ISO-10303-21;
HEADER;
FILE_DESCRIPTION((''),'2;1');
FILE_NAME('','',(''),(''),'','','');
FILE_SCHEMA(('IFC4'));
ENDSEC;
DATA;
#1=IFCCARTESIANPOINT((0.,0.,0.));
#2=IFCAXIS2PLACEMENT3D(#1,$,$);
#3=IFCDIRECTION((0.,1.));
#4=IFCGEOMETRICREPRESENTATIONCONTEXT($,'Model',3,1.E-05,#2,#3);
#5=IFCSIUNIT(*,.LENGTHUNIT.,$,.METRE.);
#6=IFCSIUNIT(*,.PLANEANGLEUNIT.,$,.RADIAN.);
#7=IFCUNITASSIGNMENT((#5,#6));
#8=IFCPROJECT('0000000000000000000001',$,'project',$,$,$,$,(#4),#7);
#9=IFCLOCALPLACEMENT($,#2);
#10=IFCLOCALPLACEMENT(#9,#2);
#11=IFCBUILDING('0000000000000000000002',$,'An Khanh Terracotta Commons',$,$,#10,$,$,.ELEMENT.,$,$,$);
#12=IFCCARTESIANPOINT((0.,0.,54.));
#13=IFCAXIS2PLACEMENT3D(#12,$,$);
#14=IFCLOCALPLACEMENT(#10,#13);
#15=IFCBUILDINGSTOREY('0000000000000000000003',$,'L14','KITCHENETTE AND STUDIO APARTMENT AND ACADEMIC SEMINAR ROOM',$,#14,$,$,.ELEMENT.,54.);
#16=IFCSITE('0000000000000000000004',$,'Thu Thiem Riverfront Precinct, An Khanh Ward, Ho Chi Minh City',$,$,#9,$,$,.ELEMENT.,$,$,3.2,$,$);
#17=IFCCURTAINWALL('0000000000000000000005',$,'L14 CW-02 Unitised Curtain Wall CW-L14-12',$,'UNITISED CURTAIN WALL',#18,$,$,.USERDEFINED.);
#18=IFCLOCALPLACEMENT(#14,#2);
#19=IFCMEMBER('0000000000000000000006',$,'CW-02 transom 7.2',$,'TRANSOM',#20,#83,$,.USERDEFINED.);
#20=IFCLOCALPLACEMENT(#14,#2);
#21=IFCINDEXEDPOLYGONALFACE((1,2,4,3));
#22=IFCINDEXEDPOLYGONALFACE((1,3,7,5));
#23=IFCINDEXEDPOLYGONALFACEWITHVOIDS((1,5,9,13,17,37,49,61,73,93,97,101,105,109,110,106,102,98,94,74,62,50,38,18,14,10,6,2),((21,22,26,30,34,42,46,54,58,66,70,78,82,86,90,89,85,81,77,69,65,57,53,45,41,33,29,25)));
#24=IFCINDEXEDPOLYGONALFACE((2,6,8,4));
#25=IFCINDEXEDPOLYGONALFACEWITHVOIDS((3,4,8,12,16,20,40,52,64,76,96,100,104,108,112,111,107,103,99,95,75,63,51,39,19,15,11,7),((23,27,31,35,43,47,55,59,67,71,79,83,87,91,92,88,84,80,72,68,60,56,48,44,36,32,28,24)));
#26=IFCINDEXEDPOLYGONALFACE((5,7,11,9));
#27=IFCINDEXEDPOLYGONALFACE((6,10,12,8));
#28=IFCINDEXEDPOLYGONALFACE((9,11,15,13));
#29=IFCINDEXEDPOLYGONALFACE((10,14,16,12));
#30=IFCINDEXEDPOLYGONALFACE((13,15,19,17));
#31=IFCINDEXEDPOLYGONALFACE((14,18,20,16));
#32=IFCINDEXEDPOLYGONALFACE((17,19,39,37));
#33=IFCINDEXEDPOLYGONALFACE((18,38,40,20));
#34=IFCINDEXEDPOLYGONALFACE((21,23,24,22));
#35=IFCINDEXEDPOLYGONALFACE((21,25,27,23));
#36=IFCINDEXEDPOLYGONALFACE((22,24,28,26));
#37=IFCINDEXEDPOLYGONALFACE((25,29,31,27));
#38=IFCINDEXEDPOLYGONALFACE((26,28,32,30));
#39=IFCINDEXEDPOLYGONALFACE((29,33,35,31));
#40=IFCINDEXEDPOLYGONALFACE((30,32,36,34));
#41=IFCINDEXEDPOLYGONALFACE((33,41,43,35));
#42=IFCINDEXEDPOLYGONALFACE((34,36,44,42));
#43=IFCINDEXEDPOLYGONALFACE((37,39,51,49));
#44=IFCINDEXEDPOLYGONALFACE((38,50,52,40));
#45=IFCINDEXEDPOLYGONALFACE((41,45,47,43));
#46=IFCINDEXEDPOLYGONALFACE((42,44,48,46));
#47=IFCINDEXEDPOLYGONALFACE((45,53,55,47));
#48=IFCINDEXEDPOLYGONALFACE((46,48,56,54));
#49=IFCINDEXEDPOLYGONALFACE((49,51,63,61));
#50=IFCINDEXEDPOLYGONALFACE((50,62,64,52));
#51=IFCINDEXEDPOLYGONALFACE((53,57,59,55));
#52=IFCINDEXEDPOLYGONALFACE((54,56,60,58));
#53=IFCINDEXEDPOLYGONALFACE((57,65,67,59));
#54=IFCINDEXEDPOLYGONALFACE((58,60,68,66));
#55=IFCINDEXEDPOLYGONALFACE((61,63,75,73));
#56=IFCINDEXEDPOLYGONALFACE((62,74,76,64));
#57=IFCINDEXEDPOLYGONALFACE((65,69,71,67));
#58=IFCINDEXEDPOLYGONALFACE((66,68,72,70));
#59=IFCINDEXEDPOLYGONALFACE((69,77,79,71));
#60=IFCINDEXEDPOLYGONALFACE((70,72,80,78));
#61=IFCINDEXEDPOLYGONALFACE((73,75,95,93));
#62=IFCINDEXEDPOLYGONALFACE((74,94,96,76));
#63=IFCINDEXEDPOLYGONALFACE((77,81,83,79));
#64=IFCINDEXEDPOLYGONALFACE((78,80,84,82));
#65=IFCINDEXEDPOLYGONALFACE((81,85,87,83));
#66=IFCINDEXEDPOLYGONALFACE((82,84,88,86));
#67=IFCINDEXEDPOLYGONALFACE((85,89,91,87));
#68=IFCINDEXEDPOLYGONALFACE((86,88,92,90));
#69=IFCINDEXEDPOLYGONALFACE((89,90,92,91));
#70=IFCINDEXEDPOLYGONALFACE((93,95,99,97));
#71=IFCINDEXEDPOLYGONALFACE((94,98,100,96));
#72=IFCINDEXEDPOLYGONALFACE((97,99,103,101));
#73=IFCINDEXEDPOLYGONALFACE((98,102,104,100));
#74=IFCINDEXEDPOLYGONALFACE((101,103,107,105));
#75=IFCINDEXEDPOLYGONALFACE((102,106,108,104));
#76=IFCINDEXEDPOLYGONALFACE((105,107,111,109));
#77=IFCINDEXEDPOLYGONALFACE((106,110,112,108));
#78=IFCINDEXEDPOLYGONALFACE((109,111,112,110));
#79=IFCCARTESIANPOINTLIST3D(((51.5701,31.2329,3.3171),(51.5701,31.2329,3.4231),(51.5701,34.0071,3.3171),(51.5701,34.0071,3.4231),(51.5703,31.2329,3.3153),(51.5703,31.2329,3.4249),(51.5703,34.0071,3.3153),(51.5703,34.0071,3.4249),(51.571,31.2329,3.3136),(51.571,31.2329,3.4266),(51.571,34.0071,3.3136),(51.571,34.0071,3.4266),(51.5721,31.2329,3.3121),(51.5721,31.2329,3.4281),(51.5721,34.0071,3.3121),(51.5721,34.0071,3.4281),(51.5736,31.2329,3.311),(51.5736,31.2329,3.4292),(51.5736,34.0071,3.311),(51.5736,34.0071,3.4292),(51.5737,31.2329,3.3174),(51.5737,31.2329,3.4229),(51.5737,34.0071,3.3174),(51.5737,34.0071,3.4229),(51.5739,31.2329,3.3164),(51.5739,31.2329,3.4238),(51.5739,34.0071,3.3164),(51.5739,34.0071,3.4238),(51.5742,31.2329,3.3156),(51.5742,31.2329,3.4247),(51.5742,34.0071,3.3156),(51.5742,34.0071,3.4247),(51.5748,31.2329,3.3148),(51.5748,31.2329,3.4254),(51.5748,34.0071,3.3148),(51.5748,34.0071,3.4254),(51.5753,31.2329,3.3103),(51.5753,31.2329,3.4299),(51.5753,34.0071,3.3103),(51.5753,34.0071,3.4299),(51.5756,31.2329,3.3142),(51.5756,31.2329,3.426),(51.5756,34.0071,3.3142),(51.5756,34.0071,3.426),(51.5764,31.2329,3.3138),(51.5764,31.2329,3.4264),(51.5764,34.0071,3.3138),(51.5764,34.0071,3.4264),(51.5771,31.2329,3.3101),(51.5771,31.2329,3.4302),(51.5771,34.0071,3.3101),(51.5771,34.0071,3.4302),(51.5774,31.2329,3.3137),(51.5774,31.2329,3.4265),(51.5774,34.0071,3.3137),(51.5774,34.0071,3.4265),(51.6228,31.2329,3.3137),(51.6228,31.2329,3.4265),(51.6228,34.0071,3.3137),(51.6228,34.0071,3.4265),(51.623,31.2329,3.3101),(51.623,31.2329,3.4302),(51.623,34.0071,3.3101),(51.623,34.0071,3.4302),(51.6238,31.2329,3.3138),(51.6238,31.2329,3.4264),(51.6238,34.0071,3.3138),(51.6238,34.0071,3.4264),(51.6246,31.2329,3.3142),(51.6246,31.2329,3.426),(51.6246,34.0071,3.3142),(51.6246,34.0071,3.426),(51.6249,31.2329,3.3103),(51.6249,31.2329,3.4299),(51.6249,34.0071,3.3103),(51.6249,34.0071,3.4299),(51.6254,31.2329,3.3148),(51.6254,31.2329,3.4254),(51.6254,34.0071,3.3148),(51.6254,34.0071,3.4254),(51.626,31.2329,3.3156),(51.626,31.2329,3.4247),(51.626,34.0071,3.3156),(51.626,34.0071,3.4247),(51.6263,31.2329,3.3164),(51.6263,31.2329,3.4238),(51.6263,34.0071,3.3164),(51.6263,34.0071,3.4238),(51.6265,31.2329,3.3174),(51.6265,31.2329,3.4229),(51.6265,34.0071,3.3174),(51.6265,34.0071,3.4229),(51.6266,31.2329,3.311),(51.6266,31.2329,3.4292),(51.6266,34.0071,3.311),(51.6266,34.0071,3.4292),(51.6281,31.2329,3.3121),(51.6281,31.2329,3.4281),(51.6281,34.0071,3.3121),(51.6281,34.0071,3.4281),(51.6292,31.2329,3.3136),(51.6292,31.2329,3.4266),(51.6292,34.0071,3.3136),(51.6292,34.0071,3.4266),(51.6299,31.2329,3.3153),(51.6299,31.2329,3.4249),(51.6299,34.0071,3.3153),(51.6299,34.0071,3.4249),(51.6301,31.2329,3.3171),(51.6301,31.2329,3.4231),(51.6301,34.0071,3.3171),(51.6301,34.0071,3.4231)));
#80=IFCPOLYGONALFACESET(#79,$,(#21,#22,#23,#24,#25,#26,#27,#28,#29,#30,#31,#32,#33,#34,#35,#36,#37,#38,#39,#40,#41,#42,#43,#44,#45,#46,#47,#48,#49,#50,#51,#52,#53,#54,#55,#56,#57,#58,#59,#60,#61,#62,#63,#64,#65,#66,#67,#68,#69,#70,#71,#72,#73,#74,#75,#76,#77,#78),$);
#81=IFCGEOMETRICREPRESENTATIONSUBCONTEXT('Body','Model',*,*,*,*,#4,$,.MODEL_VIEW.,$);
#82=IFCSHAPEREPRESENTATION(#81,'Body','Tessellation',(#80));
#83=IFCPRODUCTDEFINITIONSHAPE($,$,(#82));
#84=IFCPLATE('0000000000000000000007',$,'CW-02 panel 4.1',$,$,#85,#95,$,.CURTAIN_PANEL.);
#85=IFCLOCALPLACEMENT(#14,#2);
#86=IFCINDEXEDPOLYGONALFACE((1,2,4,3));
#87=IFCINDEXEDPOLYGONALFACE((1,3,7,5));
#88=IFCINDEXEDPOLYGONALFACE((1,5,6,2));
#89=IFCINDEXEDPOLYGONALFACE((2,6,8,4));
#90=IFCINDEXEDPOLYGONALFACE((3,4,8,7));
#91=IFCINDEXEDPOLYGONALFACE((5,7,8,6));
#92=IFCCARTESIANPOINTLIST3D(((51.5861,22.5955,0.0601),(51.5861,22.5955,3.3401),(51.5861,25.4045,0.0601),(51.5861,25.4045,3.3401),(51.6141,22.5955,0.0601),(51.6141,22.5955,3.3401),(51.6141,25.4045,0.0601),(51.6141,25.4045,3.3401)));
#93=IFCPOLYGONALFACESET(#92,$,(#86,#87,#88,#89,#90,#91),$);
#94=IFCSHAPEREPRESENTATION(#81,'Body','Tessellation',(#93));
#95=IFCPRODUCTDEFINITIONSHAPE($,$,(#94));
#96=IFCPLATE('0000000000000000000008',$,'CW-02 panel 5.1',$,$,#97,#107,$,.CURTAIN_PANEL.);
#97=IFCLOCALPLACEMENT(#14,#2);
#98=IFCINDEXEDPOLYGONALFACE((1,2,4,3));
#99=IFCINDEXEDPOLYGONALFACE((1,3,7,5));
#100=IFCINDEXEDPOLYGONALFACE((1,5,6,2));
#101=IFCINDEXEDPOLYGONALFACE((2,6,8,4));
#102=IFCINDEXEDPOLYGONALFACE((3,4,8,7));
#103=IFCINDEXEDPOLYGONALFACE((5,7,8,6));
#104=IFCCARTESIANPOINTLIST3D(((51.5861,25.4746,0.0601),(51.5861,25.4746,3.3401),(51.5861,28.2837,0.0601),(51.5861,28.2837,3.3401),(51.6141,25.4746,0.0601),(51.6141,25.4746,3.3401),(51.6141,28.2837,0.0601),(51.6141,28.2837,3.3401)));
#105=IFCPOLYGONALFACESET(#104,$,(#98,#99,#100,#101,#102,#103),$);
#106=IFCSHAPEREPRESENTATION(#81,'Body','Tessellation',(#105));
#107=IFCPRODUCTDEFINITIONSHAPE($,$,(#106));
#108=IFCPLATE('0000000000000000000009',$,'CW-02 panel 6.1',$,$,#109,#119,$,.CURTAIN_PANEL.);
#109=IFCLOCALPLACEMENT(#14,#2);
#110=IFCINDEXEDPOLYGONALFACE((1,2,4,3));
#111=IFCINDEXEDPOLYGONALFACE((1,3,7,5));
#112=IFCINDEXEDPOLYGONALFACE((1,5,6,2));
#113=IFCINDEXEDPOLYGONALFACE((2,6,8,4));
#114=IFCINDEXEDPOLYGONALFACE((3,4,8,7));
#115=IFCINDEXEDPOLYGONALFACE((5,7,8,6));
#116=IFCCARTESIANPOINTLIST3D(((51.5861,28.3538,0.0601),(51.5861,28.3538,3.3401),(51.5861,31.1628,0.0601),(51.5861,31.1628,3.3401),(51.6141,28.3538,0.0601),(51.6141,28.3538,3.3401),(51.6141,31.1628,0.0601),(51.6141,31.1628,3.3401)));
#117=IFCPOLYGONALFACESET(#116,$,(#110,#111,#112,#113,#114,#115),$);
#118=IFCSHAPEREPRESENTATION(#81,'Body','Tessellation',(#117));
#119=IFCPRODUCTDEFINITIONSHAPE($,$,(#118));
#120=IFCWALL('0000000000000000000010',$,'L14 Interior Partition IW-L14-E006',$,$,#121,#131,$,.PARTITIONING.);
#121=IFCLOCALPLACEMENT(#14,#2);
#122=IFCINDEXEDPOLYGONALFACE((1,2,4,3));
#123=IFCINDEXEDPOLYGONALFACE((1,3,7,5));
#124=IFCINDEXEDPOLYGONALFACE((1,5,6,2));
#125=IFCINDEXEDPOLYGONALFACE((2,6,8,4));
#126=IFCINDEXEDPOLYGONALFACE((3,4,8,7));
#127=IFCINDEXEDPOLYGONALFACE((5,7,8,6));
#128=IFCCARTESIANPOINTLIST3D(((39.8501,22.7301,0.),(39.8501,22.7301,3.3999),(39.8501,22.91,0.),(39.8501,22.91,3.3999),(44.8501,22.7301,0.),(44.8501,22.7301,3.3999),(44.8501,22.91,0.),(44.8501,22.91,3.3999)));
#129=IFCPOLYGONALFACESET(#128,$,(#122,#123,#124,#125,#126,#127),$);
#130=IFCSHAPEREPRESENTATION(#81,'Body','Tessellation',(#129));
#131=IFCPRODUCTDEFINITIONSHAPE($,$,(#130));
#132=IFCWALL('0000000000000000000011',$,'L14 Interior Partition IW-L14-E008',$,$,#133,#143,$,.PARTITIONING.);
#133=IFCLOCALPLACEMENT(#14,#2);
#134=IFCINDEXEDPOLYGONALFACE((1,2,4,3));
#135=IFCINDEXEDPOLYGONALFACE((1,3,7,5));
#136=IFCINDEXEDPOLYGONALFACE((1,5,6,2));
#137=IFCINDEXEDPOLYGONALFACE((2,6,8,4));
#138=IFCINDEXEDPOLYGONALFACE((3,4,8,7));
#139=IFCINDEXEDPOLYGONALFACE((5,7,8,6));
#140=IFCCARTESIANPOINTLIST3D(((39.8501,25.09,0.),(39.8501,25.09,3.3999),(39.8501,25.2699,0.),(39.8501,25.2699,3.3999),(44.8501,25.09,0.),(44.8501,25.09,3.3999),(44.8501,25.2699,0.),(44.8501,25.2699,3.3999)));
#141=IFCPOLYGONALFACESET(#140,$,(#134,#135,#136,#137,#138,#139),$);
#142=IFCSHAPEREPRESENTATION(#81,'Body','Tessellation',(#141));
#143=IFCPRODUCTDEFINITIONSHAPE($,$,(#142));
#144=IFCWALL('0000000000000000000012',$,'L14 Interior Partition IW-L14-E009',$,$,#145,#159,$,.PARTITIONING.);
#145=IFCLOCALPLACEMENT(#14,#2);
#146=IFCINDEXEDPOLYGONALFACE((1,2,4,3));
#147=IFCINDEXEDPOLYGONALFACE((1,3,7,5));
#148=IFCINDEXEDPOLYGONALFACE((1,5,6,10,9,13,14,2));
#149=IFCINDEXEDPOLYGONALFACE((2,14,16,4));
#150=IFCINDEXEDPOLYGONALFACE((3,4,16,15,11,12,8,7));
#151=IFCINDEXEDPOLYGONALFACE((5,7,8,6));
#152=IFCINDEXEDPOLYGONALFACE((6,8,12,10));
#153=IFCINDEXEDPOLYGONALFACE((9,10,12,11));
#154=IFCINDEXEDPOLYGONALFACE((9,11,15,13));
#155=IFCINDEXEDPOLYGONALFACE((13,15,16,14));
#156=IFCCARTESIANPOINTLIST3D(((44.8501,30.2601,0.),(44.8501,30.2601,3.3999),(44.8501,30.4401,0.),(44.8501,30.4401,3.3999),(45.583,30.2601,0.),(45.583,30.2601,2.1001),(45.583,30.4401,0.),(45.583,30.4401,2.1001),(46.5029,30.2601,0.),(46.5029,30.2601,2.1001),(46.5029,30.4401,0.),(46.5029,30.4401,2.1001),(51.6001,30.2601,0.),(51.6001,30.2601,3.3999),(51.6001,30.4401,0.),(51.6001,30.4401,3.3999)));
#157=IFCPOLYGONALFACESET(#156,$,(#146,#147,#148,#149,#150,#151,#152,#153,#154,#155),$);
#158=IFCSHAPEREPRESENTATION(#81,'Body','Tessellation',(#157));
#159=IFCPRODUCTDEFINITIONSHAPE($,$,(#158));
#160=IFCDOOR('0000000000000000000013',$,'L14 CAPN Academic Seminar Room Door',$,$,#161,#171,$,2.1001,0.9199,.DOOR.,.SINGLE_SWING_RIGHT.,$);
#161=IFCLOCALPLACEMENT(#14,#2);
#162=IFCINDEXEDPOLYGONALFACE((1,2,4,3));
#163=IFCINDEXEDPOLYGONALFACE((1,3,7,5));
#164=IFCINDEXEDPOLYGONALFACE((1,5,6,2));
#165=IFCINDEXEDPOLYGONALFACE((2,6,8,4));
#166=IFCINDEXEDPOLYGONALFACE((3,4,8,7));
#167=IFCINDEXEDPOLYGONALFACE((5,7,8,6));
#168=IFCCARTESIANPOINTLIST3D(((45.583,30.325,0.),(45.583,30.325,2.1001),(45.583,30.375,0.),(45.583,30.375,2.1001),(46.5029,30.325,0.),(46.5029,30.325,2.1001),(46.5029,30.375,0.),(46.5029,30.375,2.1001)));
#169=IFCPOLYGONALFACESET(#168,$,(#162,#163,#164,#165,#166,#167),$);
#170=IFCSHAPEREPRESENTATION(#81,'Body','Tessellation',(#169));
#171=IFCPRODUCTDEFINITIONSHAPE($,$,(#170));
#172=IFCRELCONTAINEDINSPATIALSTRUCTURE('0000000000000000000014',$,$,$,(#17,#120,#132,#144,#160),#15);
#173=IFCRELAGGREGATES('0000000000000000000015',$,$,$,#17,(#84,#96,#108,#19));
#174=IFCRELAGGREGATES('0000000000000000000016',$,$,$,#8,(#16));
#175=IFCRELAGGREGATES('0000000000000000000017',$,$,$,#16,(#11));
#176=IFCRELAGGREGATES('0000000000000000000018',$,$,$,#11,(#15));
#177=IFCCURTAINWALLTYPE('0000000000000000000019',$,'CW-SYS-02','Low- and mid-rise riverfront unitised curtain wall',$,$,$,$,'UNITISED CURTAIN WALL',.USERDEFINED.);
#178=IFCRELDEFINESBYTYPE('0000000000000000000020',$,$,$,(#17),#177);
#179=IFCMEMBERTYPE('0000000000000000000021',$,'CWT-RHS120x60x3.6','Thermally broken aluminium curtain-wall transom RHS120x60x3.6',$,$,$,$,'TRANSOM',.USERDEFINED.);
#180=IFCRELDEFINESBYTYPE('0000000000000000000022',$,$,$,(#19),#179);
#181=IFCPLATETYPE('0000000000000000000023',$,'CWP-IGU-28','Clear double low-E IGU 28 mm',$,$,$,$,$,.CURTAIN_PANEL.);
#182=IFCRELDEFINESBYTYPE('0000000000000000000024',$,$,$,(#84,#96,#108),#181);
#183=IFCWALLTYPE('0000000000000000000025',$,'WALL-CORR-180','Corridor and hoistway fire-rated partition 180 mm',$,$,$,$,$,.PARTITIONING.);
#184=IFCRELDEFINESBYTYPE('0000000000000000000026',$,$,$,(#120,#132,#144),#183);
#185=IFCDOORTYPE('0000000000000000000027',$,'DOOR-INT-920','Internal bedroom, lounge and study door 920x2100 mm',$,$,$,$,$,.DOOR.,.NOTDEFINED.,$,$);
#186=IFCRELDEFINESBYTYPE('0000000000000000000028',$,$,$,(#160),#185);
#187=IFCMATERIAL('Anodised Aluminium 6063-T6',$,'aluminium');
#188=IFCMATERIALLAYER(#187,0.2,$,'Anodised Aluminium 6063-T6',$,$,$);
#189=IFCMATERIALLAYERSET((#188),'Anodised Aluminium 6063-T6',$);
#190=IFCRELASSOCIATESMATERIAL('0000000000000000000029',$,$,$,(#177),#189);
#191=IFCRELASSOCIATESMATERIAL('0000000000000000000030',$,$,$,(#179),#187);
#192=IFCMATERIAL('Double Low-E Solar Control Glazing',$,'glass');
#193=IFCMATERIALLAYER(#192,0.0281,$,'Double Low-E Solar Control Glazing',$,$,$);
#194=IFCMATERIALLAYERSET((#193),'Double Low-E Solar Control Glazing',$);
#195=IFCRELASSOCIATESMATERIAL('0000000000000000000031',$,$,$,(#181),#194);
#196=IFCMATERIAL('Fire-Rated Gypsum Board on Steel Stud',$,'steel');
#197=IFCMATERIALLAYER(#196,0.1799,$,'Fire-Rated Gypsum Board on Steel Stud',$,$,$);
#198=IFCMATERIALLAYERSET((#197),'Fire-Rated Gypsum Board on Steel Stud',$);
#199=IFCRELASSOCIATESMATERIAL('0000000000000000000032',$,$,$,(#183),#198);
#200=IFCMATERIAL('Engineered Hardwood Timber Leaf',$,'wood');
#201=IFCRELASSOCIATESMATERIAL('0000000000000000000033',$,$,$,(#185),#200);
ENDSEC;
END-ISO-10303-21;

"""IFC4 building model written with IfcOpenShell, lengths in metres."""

from ifc_helpers import new_model, si_unit, direction, frame, frame_2d, origin, origin_2d, place, context, subcontext, project, spatial, rectangle, hollow_rectangle, extrude, material, layer, layer_set, material_profile, profile_set, type_object, element, fill, aggregate, save


model = new_model("IFC4")

# Units and contexts
model_context = context("Model", 3, precision=1e-05, world=origin(), true_north=direction((0.0, 1.0)))
body_context = subcontext(model_context, "Body", "Model", "MODEL_VIEW")
ifc_project = project(units=[si_unit("LENGTHUNIT", "METRE"), si_unit("PLANEANGLEUNIT", "RADIAN")], contexts=[model_context])

# Site, building, storey
site_placement = place(None, origin())
site = spatial("IfcSite", under=ifc_project, at=site_placement, Name="Thu Thiem Riverfront Precinct, An Khanh Ward, Ho Chi Minh City", CompositionType="ELEMENT", RefElevation=3.2)
building_placement = place(site_placement, origin())
building = spatial("IfcBuilding", under=site, at=building_placement, Name="An Khanh Terracotta Commons", CompositionType="ELEMENT")
storey_placement = place(building_placement, frame((0.0, 0.0, 54.0)))
storey = spatial("IfcBuildingStorey", under=building, at=storey_placement, Name="L14", Description="KITCHENETTE AND STUDIO APARTMENT AND ACADEMIC SEMINAR ROOM", CompositionType="ELEMENT", Elevation=54.0)

# Curtain wall, member, plates
ifc_material_1 = material(Name="Anodised Aluminium 6063-T6", Category="aluminium")
ifc_layer_1 = layer(ifc_material_1, 0.2, Name="Anodised Aluminium 6063-T6")
ifc_layer_set_1 = layer_set([ifc_layer_1], Name="Anodised Aluminium 6063-T6")
curtain_wall_type = type_object("IfcCurtainWallType", Name="CW-SYS-02", Description="Low- and mid-rise riverfront unitised curtain wall", ElementType="UNITISED CURTAIN WALL", PredefinedType="USERDEFINED", material=ifc_layer_set_1)
curtain_wall_placement = place(storey_placement, origin())
curtain_wall = element("IfcCurtainWall", 1, at=curtain_wall_placement, inside=storey, type_object=curtain_wall_type, Name="L14 CW-02 Unitised Curtain Wall CW-L14-12", ObjectType="UNITISED CURTAIN WALL", PredefinedType="USERDEFINED")
ifc_material_profile_1 = material_profile(ifc_material_1, hollow_rectangle(XDim=0.0601, YDim=0.1201, WallThickness=0.0037, InnerFilletRadius=0.0037, OuterFilletRadius=0.0071, at=origin_2d()), Name="RHS120x60x3.6")
ifc_profile_set_1 = profile_set([ifc_material_profile_1], Name="Anodised Aluminium 6063-T6")
member_type_1 = type_object("IfcMemberType", Name="CWT-RHS120x60x3.6", Description="Thermally broken aluminium curtain-wall transom RHS120x60x3.6", ElementType="TRANSOM", PredefinedType="USERDEFINED", material=ifc_profile_set_1)
member_1_placement = place(storey_placement, frame((51.6001, 31.2329, 3.3701), z_axis=(0.0, 1.0, 0.0), x_axis=(-1.0, 0.0, 0.0)))
member_1 = element("IfcMember", 2, at=member_1_placement, type_object=member_type_1, Name="CW-02 transom 7.2", ObjectType="TRANSOM", PredefinedType="USERDEFINED", context=body_context, shape_type="SweptSolid", body=[
    extrude(hollow_rectangle(XDim=0.0601, YDim=0.1201, WallThickness=0.0037, InnerFilletRadius=0.0037, OuterFilletRadius=0.0071, at=origin_2d()), origin(), (0.0, 0.0, 1.0), 2.7742),
])
ifc_material_2 = material(Name="Double Low-E Solar Control Glazing", Category="glass")
ifc_layer_2 = layer(ifc_material_2, 0.0281, Name="Double Low-E Solar Control Glazing")
ifc_layer_set_2 = layer_set([ifc_layer_2], Name="Double Low-E Solar Control Glazing")
plate_type = type_object("IfcPlateType", Name="CWP-IGU-28", Description="Clear double low-E IGU 28 mm", PredefinedType="CURTAIN_PANEL", material=ifc_layer_set_2)
plate_1_placement = place(storey_placement, frame((51.6001, 24.0, 0.0601), z_axis=(0.0, 0.0, 1.0), x_axis=(0.0, 1.0, 0.0)))
plate_1 = element("IfcPlate", 3, at=plate_1_placement, type_object=plate_type, Name="CW-02 panel 4.1", PredefinedType="CURTAIN_PANEL", context=body_context, shape_type="SweptSolid", body=[
    extrude(rectangle(XDim=2.8091, YDim=0.0281, at=origin_2d()), origin(), (0.0, 0.0, 1.0), 3.28),
])
plate_2_placement = place(storey_placement, frame((51.6001, 26.8792, 0.0601), z_axis=(0.0, 0.0, 1.0), x_axis=(0.0, 1.0, 0.0)))
plate_2 = element("IfcPlate", 4, at=plate_2_placement, type_object=plate_type, Name="CW-02 panel 5.1", PredefinedType="CURTAIN_PANEL", context=body_context, shape_type="SweptSolid", body=[
    extrude(rectangle(XDim=2.8091, YDim=0.0281, at=origin_2d()), origin(), (0.0, 0.0, 1.0), 3.28),
])
plate_3_placement = place(storey_placement, frame((51.6001, 29.7583, 0.0601), z_axis=(0.0, 0.0, 1.0), x_axis=(0.0, 1.0, 0.0)))
plate_3 = element("IfcPlate", 5, at=plate_3_placement, type_object=plate_type, Name="CW-02 panel 6.1", PredefinedType="CURTAIN_PANEL", context=body_context, shape_type="SweptSolid", body=[
    extrude(rectangle(XDim=2.8091, YDim=0.0281, at=origin_2d()), origin(), (0.0, 0.0, 1.0), 3.28),
])
aggregate(curtain_wall, [plate_1, plate_2, plate_3, member_1])

# Walls
ifc_material_3 = material(Name="Fire-Rated Gypsum Board on Steel Stud", Category="steel")
ifc_layer_3 = layer(ifc_material_3, 0.1799, Name="Fire-Rated Gypsum Board on Steel Stud")
ifc_layer_set_3 = layer_set([ifc_layer_3], Name="Fire-Rated Gypsum Board on Steel Stud")
wall_type = type_object("IfcWallType", Name="WALL-CORR-180", Description="Corridor and hoistway fire-rated partition 180 mm", PredefinedType="PARTITIONING", material=ifc_layer_set_3)
for number, where, z_axis, x_axis, name in (
    (6, (39.8501, 22.8201, 0.0), (0.0, 0.0, 1.0), (1.0, 0.0, 0.0), "L14 Interior Partition IW-L14-E006"),
    (7, (39.8501, 25.1799, 0.0), (0.0, 0.0, 1.0), (1.0, 0.0, 0.0), "L14 Interior Partition IW-L14-E008"),
):
    element("IfcWall", number, at=place(storey_placement, frame(where, z_axis=z_axis, x_axis=x_axis)), inside=storey, type_object=wall_type, Name=name, PredefinedType="PARTITIONING", context=body_context, shape_type="SweptSolid", body=[
        extrude(rectangle(XDim=5.0, YDim=0.1799, at=frame_2d((2.5, 0.0))), origin(), (0.0, 0.0, 1.0), 3.3999),
    ])

# Wall, opening, door
wall_1_placement = place(storey_placement, frame((44.8501, 30.3501, 0.0), z_axis=(0.0, 0.0, 1.0), x_axis=(1.0, 0.0, 0.0)))
wall_1 = element("IfcWall", 8, at=wall_1_placement, inside=storey, type_object=wall_type, Name="L14 Interior Partition IW-L14-E009", PredefinedType="PARTITIONING", context=body_context, shape_type="SweptSolid", body=[
    extrude(rectangle(XDim=6.75, YDim=0.1799, at=frame_2d((3.375, 0.0))), origin(), (0.0, 0.0, 1.0), 3.3999),
])
opening_1_placement = place(wall_1_placement, frame((0.7329, 0.0, 0.0)))
opening_1 = element("IfcOpeningElement", 9, at=opening_1_placement, cuts=wall_1, PredefinedType="OPENING", context=body_context, shape_type="SweptSolid", body=[
    extrude(rectangle(XDim=0.9199, YDim=2.1001, at=frame_2d((0.46, 1.05))), frame((0.0, 0.0999, 0.0), z_axis=(0.0, -1.0, 0.0), x_axis=(1.0, 0.0, 0.0)), (0.0, 0.0, 1.0), 0.2),
])
ifc_material_4 = material(Name="Engineered Hardwood Timber Leaf", Category="wood")
door_type = type_object("IfcDoorType", Name="DOOR-INT-920", Description="Internal bedroom, lounge and study door 920x2100 mm", OperationType="NOTDEFINED", PredefinedType="DOOR", material=ifc_material_4)
door_1_placement = place(opening_1_placement, origin())
door_1 = element("IfcDoor", 10, at=door_1_placement, inside=storey, type_object=door_type, Name="L14 CAPN Academic Seminar Room Door", OperationType="SINGLE_SWING_RIGHT", OverallHeight=2.1001, OverallWidth=0.9199, PredefinedType="DOOR", context=body_context, shape_type="SweptSolid", body=[
    extrude(rectangle(XDim=0.9199, YDim=2.1001, at=frame_2d((0.46, 1.05))), frame((0.0, 0.0249, 0.0), z_axis=(0.0, -1.0, 0.0), x_axis=(1.0, 0.0, 0.0)), (0.0, 0.0, 1.0), 0.05),
])
fill(opening_1, door_1)

save(model, "model.ifc")
